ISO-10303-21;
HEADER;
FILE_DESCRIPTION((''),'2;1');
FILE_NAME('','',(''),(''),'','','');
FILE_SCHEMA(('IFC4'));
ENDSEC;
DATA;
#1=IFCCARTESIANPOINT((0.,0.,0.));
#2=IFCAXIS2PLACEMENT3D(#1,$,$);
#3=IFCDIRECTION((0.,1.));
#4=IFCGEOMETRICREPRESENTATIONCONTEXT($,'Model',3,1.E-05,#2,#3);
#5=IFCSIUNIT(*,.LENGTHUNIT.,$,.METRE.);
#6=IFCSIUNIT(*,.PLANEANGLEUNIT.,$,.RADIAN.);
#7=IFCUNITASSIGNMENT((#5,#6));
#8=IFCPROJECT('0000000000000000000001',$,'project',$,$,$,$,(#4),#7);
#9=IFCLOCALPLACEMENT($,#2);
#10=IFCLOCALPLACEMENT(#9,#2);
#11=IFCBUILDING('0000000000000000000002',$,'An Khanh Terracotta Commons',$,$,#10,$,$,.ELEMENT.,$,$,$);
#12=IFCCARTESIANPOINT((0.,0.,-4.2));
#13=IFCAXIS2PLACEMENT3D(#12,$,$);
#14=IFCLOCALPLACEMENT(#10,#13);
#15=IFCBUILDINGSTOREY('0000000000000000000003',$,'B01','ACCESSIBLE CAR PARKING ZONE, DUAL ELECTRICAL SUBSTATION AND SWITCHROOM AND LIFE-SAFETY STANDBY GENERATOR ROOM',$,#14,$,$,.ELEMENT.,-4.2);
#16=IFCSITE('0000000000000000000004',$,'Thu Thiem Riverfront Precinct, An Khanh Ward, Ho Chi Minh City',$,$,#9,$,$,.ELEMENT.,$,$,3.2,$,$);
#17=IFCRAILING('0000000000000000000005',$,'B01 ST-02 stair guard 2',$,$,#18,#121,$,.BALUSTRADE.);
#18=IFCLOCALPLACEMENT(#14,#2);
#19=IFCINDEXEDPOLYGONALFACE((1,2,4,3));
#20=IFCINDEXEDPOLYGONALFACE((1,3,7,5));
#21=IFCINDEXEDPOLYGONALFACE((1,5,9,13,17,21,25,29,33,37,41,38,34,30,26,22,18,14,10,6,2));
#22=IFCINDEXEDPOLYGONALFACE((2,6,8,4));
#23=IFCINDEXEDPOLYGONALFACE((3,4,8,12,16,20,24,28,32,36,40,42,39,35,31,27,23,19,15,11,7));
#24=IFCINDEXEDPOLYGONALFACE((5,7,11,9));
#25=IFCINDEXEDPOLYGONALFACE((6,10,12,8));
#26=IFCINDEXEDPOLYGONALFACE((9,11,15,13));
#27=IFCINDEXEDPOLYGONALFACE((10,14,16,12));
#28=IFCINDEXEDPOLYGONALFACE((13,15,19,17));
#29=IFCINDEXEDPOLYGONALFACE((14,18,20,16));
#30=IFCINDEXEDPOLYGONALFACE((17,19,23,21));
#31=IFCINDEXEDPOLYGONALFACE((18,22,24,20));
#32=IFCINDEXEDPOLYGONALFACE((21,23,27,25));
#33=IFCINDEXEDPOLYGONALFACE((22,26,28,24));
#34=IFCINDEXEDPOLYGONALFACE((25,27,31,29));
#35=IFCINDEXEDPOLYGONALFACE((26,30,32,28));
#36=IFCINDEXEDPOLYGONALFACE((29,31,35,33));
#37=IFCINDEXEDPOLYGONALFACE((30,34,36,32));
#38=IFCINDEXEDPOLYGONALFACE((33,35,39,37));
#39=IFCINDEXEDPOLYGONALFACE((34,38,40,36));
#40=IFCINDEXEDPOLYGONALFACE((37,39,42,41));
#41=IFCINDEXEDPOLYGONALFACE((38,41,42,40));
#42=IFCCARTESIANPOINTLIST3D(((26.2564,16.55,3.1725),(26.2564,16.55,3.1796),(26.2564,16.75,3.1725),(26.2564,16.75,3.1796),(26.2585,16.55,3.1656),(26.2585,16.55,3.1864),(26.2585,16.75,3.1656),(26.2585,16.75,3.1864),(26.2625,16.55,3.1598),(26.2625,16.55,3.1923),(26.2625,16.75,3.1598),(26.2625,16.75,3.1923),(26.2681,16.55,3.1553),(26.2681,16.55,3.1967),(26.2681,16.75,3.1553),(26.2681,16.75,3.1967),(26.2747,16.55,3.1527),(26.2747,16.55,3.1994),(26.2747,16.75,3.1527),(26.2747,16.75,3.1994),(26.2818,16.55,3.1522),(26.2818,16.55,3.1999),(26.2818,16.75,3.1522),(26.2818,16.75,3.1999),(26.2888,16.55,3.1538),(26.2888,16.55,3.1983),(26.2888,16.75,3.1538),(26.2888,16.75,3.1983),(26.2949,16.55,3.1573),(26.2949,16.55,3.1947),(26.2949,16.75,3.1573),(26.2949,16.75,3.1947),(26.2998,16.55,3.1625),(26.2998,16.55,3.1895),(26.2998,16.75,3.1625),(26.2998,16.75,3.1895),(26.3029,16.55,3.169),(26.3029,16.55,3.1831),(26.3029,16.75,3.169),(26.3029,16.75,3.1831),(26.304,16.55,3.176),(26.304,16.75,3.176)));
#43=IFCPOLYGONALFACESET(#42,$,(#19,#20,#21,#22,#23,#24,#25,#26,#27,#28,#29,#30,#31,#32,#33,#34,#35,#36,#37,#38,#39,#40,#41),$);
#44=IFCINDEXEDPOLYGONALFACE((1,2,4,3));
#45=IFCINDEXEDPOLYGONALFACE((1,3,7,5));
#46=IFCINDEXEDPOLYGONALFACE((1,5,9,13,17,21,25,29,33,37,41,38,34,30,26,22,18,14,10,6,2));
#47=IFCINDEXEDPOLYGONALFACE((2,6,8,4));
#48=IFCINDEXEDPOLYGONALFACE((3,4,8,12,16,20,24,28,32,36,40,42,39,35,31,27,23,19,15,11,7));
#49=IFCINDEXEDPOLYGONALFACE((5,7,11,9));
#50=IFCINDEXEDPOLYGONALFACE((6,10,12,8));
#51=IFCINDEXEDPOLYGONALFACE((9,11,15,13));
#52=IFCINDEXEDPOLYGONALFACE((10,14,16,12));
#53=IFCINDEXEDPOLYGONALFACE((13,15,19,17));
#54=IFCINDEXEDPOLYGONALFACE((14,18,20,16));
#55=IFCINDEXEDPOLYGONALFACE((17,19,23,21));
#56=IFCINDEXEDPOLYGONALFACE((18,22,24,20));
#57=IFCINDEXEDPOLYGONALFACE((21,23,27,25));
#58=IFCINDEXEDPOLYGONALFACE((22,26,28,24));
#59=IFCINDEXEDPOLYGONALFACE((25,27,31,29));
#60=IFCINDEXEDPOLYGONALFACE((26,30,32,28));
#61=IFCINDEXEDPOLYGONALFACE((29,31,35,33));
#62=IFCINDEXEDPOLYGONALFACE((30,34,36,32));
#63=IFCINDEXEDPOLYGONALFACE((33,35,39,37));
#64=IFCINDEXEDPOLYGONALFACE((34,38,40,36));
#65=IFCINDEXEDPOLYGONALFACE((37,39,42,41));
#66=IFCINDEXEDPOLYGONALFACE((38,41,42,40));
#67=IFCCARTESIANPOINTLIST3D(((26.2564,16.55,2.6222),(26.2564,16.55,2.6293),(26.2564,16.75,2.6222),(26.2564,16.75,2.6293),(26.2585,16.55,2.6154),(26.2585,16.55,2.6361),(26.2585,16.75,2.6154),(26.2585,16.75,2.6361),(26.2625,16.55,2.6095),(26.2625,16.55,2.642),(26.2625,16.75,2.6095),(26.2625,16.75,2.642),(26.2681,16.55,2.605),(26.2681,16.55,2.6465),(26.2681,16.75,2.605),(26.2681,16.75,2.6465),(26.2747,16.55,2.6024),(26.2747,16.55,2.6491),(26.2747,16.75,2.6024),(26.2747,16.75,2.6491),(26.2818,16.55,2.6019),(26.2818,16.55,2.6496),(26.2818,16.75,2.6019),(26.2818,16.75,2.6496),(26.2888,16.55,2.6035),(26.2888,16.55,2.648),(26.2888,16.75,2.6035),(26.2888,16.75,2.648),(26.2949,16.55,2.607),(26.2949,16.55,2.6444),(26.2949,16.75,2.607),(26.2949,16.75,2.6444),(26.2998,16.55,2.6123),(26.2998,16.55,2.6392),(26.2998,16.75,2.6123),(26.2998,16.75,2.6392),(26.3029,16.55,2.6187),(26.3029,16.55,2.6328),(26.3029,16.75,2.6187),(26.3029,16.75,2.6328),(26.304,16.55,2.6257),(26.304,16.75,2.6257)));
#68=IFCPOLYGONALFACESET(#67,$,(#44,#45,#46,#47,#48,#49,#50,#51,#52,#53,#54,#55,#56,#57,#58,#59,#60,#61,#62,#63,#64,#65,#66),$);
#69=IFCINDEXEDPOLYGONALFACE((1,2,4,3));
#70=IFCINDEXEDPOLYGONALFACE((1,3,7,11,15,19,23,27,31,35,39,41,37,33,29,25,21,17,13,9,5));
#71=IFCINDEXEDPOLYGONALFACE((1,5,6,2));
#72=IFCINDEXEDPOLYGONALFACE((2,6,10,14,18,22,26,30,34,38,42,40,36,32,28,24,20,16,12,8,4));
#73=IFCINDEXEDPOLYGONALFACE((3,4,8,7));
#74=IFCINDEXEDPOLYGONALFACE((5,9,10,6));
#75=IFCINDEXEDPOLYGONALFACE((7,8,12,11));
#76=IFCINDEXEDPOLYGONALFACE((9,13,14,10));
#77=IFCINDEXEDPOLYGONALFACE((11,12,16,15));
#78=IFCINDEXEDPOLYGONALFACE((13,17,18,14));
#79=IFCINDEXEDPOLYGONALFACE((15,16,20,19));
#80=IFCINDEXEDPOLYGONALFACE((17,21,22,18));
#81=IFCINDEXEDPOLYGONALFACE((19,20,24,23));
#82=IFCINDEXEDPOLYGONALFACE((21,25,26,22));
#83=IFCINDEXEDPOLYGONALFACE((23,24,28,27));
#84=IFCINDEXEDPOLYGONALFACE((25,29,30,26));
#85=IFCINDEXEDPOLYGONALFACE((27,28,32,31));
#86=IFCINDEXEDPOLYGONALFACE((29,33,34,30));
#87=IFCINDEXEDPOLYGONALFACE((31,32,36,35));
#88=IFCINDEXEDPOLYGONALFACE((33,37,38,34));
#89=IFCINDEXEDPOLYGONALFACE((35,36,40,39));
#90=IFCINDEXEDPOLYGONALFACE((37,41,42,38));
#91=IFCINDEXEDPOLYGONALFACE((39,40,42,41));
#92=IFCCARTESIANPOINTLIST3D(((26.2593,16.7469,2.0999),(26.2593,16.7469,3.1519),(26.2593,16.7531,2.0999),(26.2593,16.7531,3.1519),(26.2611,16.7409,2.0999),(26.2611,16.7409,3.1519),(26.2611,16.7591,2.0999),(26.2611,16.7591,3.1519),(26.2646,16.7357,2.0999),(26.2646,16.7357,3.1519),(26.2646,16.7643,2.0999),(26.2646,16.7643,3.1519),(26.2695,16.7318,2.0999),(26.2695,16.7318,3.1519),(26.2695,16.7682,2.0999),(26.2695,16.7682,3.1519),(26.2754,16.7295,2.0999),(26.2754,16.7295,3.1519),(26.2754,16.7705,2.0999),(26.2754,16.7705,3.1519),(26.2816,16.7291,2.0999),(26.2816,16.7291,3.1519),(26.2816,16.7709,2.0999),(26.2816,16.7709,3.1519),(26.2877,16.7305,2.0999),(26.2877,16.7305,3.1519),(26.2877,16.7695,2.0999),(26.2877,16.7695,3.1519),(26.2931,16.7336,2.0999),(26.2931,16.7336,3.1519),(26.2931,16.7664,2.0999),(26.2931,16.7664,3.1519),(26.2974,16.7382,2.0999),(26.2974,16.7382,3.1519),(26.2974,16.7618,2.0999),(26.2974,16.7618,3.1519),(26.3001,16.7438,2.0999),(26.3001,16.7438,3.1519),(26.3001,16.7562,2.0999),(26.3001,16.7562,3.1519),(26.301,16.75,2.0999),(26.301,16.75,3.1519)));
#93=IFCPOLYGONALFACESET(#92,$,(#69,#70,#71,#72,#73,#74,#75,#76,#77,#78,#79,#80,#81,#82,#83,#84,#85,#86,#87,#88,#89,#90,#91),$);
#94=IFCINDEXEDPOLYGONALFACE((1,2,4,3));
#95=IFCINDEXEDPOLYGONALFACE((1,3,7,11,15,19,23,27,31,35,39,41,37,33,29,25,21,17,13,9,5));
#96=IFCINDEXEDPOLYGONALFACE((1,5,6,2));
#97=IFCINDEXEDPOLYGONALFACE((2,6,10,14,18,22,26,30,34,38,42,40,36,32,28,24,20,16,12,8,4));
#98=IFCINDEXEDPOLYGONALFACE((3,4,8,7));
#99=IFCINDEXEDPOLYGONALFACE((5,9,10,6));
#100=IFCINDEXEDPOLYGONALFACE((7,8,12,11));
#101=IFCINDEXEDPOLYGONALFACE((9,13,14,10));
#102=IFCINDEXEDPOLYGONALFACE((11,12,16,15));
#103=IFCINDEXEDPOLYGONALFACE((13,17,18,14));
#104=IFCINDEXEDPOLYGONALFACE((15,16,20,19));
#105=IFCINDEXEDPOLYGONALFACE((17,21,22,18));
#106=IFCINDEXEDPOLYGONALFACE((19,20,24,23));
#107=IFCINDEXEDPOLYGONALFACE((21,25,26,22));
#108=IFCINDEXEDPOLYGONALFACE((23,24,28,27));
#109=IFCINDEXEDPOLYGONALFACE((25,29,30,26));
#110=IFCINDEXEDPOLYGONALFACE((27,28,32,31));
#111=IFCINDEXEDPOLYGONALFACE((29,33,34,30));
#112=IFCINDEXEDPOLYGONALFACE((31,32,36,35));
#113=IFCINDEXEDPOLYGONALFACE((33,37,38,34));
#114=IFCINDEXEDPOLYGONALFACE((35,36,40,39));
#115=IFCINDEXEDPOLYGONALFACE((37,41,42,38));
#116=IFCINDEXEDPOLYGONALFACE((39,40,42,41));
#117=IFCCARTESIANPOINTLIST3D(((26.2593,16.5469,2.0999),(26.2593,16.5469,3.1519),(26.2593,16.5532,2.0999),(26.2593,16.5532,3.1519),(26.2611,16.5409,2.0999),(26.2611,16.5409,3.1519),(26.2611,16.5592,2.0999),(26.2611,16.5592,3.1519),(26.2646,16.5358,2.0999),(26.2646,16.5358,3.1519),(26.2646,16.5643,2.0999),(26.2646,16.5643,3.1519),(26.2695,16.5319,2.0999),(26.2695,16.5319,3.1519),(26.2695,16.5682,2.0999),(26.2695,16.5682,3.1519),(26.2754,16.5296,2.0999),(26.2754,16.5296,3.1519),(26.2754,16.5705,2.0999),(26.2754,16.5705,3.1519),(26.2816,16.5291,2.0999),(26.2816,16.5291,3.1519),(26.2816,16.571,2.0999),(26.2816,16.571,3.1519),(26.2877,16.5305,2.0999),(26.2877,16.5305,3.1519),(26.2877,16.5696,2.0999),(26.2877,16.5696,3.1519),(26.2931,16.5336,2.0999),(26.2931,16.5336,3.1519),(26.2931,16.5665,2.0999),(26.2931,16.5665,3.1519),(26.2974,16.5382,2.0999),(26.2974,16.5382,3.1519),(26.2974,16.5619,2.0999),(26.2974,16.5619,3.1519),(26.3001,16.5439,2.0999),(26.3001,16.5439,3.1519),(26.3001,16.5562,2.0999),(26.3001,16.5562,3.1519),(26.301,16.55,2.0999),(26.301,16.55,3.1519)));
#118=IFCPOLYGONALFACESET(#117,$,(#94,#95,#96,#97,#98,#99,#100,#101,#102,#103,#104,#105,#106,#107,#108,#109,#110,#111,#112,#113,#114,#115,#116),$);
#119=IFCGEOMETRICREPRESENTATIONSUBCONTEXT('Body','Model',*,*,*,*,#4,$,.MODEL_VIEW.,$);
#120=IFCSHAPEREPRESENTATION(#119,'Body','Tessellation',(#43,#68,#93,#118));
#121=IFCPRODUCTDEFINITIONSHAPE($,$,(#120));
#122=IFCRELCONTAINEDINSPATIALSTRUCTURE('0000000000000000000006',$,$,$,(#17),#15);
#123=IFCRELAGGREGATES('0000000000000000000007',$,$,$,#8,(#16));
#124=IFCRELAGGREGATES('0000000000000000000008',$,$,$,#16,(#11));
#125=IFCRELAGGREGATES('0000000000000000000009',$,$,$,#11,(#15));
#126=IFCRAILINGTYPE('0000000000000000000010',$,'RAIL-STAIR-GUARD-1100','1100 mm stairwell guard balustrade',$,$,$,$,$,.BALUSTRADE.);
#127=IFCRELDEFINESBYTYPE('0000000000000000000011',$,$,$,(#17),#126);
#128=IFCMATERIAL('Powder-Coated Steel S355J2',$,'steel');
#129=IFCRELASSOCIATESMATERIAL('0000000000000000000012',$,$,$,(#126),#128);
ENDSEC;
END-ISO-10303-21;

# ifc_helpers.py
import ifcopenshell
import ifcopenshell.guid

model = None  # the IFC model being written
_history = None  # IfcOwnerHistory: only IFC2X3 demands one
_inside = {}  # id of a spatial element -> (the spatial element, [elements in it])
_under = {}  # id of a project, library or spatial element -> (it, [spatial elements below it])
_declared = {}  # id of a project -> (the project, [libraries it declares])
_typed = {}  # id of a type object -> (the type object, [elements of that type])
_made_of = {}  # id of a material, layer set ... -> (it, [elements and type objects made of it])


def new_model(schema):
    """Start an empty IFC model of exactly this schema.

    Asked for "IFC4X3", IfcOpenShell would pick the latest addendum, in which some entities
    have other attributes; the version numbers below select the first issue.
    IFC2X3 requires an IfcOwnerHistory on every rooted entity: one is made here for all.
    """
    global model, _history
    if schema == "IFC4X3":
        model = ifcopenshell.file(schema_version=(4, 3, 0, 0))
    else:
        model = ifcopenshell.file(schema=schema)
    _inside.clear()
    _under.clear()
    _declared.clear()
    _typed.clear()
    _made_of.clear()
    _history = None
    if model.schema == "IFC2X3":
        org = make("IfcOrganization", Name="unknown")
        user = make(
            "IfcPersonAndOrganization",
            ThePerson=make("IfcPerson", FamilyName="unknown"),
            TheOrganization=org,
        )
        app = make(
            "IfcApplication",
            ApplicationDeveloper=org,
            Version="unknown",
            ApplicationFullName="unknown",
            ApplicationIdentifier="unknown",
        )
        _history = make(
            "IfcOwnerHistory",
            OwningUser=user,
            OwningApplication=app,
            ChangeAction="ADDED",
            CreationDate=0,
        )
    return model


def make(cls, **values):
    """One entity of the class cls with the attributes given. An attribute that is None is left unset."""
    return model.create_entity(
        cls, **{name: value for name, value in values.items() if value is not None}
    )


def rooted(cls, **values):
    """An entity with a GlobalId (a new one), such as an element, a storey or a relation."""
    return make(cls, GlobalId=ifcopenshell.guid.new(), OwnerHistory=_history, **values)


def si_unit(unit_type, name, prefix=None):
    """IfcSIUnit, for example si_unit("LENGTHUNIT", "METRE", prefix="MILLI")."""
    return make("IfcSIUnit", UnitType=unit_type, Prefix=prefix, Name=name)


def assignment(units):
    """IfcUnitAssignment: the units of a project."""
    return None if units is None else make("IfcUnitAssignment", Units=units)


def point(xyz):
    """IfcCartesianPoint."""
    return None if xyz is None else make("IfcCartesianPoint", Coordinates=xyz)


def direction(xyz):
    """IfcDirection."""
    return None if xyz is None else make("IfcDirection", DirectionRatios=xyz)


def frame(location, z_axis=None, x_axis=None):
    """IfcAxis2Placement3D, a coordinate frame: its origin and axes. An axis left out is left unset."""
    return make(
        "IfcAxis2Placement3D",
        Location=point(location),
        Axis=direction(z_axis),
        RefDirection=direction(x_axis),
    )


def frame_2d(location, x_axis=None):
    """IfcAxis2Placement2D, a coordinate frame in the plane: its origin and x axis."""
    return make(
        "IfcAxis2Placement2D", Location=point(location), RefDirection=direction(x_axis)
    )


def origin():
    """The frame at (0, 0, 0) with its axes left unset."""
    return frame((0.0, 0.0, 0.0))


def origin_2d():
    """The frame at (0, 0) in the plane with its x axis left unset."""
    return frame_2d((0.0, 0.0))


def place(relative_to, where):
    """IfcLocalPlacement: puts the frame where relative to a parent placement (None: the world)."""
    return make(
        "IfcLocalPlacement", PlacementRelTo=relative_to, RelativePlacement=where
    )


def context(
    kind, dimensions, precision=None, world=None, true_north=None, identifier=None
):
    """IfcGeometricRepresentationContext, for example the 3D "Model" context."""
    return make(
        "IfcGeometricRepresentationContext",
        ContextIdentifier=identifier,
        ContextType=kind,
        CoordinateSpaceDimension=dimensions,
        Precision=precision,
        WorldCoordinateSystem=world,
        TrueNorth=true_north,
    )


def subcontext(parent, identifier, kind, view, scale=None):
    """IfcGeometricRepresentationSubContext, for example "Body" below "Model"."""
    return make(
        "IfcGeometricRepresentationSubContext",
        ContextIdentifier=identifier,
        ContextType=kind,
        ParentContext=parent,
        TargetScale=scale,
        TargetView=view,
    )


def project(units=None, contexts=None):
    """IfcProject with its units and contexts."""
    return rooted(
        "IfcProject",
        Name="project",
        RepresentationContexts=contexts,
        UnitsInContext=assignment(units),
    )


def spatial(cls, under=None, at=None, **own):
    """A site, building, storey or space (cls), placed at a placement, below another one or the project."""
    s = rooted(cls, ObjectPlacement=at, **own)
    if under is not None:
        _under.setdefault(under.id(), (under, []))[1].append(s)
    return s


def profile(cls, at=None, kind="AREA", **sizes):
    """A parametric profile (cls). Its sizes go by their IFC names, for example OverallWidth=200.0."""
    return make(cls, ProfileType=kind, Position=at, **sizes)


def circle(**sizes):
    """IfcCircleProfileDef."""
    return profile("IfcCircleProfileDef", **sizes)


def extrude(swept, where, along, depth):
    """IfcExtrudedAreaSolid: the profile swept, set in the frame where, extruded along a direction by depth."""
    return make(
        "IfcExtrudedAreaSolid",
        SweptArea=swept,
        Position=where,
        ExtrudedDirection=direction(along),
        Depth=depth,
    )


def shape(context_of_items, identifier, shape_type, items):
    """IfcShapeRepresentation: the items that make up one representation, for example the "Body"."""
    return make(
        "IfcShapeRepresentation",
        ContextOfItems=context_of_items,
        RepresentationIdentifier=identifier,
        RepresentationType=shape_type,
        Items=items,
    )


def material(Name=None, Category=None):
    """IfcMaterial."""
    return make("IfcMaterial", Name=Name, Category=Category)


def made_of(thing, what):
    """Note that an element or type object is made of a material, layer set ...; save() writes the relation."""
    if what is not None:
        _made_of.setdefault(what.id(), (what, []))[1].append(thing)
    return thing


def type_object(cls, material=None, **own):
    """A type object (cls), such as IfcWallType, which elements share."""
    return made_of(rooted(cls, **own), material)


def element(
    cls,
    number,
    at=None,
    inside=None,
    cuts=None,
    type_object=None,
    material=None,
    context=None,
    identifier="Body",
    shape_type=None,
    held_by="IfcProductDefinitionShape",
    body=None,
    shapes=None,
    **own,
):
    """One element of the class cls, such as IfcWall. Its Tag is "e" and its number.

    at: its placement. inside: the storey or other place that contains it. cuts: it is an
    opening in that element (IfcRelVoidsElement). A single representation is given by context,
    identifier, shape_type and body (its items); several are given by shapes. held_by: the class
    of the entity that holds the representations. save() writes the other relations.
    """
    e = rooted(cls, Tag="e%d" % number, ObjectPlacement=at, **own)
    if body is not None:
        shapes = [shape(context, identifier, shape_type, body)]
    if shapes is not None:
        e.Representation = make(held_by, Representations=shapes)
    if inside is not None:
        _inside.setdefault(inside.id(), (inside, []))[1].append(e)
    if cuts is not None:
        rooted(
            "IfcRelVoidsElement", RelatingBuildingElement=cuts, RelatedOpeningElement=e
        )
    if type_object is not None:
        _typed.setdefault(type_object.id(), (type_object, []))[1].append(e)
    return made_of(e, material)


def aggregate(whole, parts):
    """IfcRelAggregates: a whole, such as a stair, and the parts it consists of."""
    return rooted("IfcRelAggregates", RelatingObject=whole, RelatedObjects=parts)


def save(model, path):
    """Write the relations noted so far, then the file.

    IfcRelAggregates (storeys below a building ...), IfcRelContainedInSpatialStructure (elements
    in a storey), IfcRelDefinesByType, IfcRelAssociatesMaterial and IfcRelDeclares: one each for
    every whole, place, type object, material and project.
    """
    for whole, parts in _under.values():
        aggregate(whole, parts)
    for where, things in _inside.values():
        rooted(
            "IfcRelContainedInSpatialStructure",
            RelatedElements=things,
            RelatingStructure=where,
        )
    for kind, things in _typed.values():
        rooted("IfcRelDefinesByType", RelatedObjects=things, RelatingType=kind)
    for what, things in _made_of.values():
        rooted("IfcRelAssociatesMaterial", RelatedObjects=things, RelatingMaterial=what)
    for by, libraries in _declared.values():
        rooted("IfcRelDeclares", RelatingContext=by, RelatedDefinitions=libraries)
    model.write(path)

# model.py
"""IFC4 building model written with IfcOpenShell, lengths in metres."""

from ifc_helpers import new_model, si_unit, direction, frame, origin, origin_2d, place, context, subcontext, project, spatial, circle, extrude, material, type_object, element, save


model = new_model("IFC4")

# Units and contexts
model_context = context("Model", 3, precision=1e-05, world=origin(), true_north=direction((0.0, 1.0)))
body_context = subcontext(model_context, "Body", "Model", "MODEL_VIEW")
ifc_project = project(units=[si_unit("LENGTHUNIT", "METRE"), si_unit("PLANEANGLEUNIT", "RADIAN")], contexts=[model_context])

# Site, building, storey
site_placement = place(None, origin())
site = spatial("IfcSite", under=ifc_project, at=site_placement, Name="Thu Thiem Riverfront Precinct, An Khanh Ward, Ho Chi Minh City", CompositionType="ELEMENT", RefElevation=3.2)
building_placement = place(site_placement, origin())
building = spatial("IfcBuilding", under=site, at=building_placement, Name="An Khanh Terracotta Commons", CompositionType="ELEMENT")
storey_placement = place(building_placement, frame((0.0, 0.0, -4.2)))
storey = spatial("IfcBuildingStorey", under=building, at=storey_placement, Name="B01", Description="ACCESSIBLE CAR PARKING ZONE, DUAL ELECTRICAL SUBSTATION AND SWITCHROOM AND LIFE-SAFETY STANDBY GENERATOR ROOM", CompositionType="ELEMENT", Elevation=-4.2)

# Railing
ifc_material_1 = material(Name="Powder-Coated Steel S355J2", Category="steel")
railing_type_1 = type_object("IfcRailingType", Name="RAIL-STAIR-GUARD-1100", Description="1100 mm stairwell guard balustrade", PredefinedType="BALUSTRADE", material=ifc_material_1)
railing_1_placement = place(storey_placement, frame((26.28, 16.75, 2.0999)))
element("IfcRailing", 1, at=railing_1_placement, inside=storey, type_object=railing_type_1, Name="B01 ST-02 stair guard 2", PredefinedType="BALUSTRADE", context=body_context, shape_type="SweptSolid", body=[
    extrude(circle(Radius=0.0239, at=origin_2d()), frame((0.0, 0.0, 1.0762), z_axis=(0.0, -1.0, 0.0), x_axis=(1.0, 0.0, 0.0)), (0.0, 0.0, 1.0), 0.2),
    extrude(circle(Radius=0.0239, at=origin_2d()), frame((0.0, 0.0, 0.5259), z_axis=(0.0, -1.0, 0.0), x_axis=(1.0, 0.0, 0.0)), (0.0, 0.0, 1.0), 0.2),
    extrude(circle(Radius=0.021, at=origin_2d()), origin(), (0.0, 0.0, 1.0), 1.052),
    extrude(circle(Radius=0.021, at=origin_2d()), frame((0.0, -0.2, 0.0)), (0.0, 0.0, 1.0), 1.052),
])

save(model, "model.ifc")
